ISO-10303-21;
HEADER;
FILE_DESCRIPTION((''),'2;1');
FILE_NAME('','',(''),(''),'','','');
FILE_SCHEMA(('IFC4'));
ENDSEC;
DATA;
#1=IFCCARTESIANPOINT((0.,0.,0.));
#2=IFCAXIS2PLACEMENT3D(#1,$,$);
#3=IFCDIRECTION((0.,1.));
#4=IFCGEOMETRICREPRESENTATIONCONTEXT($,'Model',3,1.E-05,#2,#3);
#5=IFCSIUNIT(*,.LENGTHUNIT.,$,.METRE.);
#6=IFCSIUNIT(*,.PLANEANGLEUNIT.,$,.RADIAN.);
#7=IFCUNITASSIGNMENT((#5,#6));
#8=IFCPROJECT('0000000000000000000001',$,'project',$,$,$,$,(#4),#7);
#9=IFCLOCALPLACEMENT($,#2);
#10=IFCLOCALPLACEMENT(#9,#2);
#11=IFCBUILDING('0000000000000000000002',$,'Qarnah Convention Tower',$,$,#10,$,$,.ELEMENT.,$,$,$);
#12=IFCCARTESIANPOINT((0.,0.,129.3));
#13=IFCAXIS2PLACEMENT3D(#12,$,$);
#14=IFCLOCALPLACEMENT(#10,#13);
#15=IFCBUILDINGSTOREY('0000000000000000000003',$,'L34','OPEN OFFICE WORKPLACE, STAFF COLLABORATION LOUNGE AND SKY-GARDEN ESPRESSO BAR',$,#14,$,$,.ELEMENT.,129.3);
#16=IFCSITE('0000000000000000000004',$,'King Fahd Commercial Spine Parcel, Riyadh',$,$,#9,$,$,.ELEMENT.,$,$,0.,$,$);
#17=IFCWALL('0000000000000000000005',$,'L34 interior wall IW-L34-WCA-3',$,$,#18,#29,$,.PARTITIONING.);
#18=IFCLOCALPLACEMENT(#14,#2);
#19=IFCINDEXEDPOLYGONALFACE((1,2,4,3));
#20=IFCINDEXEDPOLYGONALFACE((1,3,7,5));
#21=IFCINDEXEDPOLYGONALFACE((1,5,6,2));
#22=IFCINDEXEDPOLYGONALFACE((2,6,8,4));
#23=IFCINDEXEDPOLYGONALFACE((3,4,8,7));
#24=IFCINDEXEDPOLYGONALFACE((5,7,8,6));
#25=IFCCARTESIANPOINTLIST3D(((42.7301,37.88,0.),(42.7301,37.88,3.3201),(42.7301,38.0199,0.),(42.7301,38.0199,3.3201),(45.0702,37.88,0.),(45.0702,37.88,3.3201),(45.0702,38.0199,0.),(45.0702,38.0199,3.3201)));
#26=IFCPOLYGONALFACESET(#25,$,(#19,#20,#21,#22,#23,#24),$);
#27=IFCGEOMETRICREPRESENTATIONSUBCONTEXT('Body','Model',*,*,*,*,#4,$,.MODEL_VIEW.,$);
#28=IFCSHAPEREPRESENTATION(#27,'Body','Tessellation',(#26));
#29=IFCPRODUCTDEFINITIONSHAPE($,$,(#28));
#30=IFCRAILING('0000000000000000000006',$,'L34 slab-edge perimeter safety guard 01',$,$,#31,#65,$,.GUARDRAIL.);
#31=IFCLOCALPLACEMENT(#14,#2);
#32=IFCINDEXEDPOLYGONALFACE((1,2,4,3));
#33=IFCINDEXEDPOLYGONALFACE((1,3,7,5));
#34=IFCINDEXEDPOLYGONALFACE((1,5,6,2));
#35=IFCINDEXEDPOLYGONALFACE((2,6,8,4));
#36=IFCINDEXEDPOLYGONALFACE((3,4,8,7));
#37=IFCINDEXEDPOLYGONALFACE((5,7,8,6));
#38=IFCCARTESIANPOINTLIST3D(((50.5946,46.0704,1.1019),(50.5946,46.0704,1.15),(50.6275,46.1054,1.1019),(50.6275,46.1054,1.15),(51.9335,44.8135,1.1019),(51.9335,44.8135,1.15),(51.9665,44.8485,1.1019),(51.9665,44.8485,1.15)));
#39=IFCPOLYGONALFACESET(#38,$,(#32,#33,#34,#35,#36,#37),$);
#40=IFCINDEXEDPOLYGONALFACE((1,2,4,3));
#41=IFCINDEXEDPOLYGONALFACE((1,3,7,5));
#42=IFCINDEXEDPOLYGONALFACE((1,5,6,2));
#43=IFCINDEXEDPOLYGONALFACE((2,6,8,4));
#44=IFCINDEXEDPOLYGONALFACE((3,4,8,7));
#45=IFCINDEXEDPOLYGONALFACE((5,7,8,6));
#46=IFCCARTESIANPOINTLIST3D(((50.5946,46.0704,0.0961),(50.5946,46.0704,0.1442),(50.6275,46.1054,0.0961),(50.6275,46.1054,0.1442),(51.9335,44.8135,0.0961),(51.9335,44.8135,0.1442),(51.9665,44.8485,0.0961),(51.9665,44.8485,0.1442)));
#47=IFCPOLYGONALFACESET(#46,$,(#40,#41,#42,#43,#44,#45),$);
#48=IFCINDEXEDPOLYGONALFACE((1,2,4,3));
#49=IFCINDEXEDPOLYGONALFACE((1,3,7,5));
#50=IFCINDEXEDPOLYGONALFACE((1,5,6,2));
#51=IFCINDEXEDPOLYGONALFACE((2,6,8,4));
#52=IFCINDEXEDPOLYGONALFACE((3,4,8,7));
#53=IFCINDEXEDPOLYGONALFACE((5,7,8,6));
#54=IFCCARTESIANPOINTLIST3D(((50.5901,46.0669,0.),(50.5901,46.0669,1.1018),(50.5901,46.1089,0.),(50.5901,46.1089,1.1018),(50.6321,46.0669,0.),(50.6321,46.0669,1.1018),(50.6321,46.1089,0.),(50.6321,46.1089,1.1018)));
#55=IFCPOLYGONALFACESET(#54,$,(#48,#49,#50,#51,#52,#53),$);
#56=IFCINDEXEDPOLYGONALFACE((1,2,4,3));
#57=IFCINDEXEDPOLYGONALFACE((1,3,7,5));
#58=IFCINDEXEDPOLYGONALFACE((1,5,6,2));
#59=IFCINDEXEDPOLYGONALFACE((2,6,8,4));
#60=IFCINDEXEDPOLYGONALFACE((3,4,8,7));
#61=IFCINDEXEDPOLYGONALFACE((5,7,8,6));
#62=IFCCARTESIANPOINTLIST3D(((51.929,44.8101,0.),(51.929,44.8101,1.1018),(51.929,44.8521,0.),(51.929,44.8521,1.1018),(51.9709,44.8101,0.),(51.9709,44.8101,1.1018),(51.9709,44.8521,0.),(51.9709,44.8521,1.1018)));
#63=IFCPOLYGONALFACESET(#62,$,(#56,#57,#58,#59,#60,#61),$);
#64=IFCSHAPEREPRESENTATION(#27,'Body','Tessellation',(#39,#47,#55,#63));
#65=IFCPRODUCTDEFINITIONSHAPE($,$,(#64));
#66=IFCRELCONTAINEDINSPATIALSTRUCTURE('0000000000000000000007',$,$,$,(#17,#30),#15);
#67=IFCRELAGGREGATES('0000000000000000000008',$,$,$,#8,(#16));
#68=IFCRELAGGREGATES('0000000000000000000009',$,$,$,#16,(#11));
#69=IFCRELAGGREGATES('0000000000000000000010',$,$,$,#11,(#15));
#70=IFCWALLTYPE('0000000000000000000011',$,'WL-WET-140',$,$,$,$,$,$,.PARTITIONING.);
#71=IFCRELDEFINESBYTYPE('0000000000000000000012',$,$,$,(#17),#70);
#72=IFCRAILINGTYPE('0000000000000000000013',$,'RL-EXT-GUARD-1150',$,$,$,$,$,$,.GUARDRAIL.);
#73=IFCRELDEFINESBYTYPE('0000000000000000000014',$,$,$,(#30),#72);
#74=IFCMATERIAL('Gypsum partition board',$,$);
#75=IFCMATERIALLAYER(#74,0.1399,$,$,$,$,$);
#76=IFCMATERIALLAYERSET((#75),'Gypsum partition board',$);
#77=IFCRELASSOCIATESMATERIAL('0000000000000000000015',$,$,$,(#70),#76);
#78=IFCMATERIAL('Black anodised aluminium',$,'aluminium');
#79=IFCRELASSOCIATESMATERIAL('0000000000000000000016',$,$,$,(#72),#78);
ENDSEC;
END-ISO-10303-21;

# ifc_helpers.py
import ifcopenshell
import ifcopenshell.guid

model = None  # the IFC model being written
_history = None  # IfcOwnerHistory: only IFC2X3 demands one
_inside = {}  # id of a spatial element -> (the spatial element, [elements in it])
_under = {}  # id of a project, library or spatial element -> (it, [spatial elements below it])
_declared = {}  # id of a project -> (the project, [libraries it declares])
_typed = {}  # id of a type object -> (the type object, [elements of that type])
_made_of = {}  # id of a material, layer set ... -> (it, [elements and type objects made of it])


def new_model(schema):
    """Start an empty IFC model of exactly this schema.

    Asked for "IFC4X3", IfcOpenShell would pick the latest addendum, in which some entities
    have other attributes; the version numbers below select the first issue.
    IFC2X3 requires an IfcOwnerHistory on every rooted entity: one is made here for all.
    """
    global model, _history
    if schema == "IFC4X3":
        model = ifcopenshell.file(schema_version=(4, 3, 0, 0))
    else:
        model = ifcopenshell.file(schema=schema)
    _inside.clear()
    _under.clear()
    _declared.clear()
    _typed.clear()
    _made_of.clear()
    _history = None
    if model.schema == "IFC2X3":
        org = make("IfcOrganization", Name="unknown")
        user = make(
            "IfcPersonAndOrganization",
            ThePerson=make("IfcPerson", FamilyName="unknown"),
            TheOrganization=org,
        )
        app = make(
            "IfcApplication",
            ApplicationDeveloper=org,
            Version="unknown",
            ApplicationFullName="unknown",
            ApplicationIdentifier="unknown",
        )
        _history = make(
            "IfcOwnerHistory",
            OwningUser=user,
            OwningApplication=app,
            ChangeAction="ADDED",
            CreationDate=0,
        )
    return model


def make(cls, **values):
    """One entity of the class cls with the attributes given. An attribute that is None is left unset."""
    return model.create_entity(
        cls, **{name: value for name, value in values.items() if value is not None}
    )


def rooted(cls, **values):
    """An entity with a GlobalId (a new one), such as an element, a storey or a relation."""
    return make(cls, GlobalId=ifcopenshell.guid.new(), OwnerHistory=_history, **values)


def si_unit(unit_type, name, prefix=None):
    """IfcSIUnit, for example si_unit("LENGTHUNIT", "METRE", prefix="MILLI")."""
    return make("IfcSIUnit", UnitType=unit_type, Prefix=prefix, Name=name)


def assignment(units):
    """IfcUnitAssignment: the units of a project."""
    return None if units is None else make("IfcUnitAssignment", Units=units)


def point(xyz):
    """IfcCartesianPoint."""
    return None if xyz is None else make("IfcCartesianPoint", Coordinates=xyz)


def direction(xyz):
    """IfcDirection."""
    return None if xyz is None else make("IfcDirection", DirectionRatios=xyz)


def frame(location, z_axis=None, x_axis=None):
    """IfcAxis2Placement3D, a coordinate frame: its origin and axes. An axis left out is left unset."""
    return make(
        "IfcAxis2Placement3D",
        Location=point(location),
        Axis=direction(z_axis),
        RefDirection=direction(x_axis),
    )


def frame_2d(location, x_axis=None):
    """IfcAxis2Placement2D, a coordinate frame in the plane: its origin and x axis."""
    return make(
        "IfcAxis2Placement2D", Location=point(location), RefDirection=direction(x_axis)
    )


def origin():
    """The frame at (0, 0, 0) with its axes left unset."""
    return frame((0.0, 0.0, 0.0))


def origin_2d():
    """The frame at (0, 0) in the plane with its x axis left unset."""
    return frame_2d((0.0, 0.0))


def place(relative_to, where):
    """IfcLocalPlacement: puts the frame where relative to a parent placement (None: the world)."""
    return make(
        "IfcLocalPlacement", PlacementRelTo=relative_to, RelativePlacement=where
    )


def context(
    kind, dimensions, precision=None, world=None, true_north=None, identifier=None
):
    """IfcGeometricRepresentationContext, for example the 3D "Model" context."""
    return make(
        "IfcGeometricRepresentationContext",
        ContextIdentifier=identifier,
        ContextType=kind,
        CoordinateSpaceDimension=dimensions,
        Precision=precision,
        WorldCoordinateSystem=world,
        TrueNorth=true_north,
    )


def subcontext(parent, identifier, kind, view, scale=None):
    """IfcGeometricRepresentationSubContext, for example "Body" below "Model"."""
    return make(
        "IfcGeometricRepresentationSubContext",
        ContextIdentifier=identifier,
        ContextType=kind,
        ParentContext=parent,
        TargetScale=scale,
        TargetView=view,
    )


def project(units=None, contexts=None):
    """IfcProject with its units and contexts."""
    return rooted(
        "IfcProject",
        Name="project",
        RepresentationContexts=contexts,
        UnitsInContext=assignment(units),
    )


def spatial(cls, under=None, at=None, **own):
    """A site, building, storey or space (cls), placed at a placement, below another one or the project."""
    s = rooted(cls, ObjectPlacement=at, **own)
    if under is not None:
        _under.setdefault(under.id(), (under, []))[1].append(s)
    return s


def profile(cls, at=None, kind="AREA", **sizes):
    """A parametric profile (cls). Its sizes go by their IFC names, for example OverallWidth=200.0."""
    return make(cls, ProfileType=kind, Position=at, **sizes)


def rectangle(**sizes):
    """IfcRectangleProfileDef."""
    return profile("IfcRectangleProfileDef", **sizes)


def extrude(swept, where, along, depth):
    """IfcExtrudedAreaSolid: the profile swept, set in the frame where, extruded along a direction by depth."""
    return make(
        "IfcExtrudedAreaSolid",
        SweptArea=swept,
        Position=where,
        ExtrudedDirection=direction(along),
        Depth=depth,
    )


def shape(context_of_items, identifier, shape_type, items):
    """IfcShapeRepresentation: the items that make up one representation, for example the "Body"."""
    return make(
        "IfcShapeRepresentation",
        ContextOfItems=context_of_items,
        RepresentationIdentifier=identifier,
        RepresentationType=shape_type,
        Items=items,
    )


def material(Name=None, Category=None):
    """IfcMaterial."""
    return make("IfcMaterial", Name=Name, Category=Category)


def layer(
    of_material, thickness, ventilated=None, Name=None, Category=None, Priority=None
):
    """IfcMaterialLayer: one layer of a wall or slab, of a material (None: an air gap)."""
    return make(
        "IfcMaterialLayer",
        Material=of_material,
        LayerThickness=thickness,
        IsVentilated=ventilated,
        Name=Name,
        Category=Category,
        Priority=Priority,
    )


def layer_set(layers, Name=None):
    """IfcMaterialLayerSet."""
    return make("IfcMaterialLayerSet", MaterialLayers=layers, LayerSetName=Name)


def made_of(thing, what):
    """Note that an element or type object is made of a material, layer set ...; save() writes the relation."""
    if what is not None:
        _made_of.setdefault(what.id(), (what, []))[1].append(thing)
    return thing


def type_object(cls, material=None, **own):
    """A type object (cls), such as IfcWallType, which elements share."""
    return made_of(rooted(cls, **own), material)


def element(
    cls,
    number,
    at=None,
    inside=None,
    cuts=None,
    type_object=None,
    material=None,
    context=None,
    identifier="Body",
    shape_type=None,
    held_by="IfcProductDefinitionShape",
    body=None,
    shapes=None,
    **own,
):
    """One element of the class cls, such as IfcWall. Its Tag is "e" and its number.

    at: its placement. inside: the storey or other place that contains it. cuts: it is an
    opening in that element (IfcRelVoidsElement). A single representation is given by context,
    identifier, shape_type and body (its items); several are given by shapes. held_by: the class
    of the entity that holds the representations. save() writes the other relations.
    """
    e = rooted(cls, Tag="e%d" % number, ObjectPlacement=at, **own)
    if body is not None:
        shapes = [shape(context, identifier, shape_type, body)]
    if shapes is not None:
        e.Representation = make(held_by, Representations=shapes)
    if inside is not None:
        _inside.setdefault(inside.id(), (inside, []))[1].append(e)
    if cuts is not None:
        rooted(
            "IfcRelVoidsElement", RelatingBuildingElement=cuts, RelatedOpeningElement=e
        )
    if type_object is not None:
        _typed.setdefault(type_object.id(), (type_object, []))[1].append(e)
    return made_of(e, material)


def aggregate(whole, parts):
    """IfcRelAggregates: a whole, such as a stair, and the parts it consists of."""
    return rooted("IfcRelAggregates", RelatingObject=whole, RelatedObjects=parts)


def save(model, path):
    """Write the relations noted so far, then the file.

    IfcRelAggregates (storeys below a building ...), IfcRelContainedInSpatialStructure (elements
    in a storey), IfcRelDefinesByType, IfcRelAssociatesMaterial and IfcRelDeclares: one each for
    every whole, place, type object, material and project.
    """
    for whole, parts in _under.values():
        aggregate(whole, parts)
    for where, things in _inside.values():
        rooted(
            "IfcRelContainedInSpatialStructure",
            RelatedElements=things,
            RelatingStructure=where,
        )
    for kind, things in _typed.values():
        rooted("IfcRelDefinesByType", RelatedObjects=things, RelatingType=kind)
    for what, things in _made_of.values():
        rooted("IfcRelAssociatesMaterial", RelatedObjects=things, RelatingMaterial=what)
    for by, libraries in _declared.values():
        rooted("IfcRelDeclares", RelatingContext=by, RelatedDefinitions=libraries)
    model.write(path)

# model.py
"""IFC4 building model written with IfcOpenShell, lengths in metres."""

from ifc_helpers import new_model, si_unit, direction, frame, frame_2d, origin, origin_2d, place, context, subcontext, project, spatial, rectangle, extrude, material, layer, layer_set, type_object, element, save


model = new_model("IFC4")

# Units and contexts
model_context = context("Model", 3, precision=1e-05, world=origin(), true_north=direction((0.0, 1.0)))
body_context = subcontext(model_context, "Body", "Model", "MODEL_VIEW")
ifc_project = project(units=[si_unit("LENGTHUNIT", "METRE"), si_unit("PLANEANGLEUNIT", "RADIAN")], contexts=[model_context])

# Site, building, storey
site_placement = place(None, origin())
site = spatial("IfcSite", under=ifc_project, at=site_placement, Name="King Fahd Commercial Spine Parcel, Riyadh", CompositionType="ELEMENT", RefElevation=0.0)
building_placement = place(site_placement, origin())
building = spatial("IfcBuilding", under=site, at=building_placement, Name="Qarnah Convention Tower", CompositionType="ELEMENT")
storey_placement = place(building_placement, frame((0.0, 0.0, 129.3)))
storey = spatial("IfcBuildingStorey", under=building, at=storey_placement, Name="L34", Description="OPEN OFFICE WORKPLACE, STAFF COLLABORATION LOUNGE AND SKY-GARDEN ESPRESSO BAR", CompositionType="ELEMENT", Elevation=129.3)

# Shared definitions
ifc_material_1 = material(Name="Black anodised aluminium", Category="aluminium")

# Shared definitions
ifc_material_2 = material(Name="Gypsum partition board")

# Wall
ifc_layer_1 = layer(ifc_material_2, 0.1399)
ifc_layer_set_1 = layer_set([ifc_layer_1], Name="Gypsum partition board")
wall_type_1 = type_object("IfcWallType", Name="WL-WET-140", PredefinedType="PARTITIONING", material=ifc_layer_set_1)
wall_1_placement = place(storey_placement, frame((45.0701, 37.95, 0.0), z_axis=(0.0, 0.0, 1.0), x_axis=(-1.0, 0.0, 0.0)))
element("IfcWall", 1, at=wall_1_placement, inside=storey, type_object=wall_type_1, Name="L34 interior wall IW-L34-WCA-3", PredefinedType="PARTITIONING", context=body_context, shape_type="SweptSolid", body=[
    extrude(rectangle(XDim=2.3401, YDim=0.1399, at=frame_2d((1.1699, 0.0))), origin(), (0.0, 0.0, 1.0), 3.3201),
])

# Railing
railing_type = type_object("IfcRailingType", Name="RL-EXT-GUARD-1150", PredefinedType="GUARDRAIL", material=ifc_material_1)
railing_1_placement = place(storey_placement, frame((50.6111, 46.0879, 0.0)))
element("IfcRailing", 2, at=railing_1_placement, inside=storey, type_object=railing_type, Name="L34 slab-edge perimeter safety guard 01", PredefinedType="GUARDRAIL", context=body_context, shape_type="SweptSolid", body=[
    extrude(rectangle(XDim=0.0481, YDim=0.0481, at=origin_2d()), frame((0.0, 0.0, 1.126), z_axis=(0.729089, -0.684419, 0.0), x_axis=(0.684419, 0.729089, 0.0)), (0.0, 0.0, 1.0), 1.8364),
    extrude(rectangle(XDim=0.0481, YDim=0.0481, at=origin_2d()), frame((0.0, 0.0, 0.1201), z_axis=(0.729089, -0.684419, 0.0), x_axis=(0.684419, 0.729089, 0.0)), (0.0, 0.0, 1.0), 1.8364),
    extrude(rectangle(XDim=0.042, YDim=0.042, at=origin_2d()), origin(), (0.0, 0.0, 1.0), 1.1018),
    extrude(rectangle(XDim=0.042, YDim=0.042, at=origin_2d()), frame((1.3389, -1.2568, 0.0)), (0.0, 0.0, 1.0), 1.1018),
])

save(model, "model.ifc")
